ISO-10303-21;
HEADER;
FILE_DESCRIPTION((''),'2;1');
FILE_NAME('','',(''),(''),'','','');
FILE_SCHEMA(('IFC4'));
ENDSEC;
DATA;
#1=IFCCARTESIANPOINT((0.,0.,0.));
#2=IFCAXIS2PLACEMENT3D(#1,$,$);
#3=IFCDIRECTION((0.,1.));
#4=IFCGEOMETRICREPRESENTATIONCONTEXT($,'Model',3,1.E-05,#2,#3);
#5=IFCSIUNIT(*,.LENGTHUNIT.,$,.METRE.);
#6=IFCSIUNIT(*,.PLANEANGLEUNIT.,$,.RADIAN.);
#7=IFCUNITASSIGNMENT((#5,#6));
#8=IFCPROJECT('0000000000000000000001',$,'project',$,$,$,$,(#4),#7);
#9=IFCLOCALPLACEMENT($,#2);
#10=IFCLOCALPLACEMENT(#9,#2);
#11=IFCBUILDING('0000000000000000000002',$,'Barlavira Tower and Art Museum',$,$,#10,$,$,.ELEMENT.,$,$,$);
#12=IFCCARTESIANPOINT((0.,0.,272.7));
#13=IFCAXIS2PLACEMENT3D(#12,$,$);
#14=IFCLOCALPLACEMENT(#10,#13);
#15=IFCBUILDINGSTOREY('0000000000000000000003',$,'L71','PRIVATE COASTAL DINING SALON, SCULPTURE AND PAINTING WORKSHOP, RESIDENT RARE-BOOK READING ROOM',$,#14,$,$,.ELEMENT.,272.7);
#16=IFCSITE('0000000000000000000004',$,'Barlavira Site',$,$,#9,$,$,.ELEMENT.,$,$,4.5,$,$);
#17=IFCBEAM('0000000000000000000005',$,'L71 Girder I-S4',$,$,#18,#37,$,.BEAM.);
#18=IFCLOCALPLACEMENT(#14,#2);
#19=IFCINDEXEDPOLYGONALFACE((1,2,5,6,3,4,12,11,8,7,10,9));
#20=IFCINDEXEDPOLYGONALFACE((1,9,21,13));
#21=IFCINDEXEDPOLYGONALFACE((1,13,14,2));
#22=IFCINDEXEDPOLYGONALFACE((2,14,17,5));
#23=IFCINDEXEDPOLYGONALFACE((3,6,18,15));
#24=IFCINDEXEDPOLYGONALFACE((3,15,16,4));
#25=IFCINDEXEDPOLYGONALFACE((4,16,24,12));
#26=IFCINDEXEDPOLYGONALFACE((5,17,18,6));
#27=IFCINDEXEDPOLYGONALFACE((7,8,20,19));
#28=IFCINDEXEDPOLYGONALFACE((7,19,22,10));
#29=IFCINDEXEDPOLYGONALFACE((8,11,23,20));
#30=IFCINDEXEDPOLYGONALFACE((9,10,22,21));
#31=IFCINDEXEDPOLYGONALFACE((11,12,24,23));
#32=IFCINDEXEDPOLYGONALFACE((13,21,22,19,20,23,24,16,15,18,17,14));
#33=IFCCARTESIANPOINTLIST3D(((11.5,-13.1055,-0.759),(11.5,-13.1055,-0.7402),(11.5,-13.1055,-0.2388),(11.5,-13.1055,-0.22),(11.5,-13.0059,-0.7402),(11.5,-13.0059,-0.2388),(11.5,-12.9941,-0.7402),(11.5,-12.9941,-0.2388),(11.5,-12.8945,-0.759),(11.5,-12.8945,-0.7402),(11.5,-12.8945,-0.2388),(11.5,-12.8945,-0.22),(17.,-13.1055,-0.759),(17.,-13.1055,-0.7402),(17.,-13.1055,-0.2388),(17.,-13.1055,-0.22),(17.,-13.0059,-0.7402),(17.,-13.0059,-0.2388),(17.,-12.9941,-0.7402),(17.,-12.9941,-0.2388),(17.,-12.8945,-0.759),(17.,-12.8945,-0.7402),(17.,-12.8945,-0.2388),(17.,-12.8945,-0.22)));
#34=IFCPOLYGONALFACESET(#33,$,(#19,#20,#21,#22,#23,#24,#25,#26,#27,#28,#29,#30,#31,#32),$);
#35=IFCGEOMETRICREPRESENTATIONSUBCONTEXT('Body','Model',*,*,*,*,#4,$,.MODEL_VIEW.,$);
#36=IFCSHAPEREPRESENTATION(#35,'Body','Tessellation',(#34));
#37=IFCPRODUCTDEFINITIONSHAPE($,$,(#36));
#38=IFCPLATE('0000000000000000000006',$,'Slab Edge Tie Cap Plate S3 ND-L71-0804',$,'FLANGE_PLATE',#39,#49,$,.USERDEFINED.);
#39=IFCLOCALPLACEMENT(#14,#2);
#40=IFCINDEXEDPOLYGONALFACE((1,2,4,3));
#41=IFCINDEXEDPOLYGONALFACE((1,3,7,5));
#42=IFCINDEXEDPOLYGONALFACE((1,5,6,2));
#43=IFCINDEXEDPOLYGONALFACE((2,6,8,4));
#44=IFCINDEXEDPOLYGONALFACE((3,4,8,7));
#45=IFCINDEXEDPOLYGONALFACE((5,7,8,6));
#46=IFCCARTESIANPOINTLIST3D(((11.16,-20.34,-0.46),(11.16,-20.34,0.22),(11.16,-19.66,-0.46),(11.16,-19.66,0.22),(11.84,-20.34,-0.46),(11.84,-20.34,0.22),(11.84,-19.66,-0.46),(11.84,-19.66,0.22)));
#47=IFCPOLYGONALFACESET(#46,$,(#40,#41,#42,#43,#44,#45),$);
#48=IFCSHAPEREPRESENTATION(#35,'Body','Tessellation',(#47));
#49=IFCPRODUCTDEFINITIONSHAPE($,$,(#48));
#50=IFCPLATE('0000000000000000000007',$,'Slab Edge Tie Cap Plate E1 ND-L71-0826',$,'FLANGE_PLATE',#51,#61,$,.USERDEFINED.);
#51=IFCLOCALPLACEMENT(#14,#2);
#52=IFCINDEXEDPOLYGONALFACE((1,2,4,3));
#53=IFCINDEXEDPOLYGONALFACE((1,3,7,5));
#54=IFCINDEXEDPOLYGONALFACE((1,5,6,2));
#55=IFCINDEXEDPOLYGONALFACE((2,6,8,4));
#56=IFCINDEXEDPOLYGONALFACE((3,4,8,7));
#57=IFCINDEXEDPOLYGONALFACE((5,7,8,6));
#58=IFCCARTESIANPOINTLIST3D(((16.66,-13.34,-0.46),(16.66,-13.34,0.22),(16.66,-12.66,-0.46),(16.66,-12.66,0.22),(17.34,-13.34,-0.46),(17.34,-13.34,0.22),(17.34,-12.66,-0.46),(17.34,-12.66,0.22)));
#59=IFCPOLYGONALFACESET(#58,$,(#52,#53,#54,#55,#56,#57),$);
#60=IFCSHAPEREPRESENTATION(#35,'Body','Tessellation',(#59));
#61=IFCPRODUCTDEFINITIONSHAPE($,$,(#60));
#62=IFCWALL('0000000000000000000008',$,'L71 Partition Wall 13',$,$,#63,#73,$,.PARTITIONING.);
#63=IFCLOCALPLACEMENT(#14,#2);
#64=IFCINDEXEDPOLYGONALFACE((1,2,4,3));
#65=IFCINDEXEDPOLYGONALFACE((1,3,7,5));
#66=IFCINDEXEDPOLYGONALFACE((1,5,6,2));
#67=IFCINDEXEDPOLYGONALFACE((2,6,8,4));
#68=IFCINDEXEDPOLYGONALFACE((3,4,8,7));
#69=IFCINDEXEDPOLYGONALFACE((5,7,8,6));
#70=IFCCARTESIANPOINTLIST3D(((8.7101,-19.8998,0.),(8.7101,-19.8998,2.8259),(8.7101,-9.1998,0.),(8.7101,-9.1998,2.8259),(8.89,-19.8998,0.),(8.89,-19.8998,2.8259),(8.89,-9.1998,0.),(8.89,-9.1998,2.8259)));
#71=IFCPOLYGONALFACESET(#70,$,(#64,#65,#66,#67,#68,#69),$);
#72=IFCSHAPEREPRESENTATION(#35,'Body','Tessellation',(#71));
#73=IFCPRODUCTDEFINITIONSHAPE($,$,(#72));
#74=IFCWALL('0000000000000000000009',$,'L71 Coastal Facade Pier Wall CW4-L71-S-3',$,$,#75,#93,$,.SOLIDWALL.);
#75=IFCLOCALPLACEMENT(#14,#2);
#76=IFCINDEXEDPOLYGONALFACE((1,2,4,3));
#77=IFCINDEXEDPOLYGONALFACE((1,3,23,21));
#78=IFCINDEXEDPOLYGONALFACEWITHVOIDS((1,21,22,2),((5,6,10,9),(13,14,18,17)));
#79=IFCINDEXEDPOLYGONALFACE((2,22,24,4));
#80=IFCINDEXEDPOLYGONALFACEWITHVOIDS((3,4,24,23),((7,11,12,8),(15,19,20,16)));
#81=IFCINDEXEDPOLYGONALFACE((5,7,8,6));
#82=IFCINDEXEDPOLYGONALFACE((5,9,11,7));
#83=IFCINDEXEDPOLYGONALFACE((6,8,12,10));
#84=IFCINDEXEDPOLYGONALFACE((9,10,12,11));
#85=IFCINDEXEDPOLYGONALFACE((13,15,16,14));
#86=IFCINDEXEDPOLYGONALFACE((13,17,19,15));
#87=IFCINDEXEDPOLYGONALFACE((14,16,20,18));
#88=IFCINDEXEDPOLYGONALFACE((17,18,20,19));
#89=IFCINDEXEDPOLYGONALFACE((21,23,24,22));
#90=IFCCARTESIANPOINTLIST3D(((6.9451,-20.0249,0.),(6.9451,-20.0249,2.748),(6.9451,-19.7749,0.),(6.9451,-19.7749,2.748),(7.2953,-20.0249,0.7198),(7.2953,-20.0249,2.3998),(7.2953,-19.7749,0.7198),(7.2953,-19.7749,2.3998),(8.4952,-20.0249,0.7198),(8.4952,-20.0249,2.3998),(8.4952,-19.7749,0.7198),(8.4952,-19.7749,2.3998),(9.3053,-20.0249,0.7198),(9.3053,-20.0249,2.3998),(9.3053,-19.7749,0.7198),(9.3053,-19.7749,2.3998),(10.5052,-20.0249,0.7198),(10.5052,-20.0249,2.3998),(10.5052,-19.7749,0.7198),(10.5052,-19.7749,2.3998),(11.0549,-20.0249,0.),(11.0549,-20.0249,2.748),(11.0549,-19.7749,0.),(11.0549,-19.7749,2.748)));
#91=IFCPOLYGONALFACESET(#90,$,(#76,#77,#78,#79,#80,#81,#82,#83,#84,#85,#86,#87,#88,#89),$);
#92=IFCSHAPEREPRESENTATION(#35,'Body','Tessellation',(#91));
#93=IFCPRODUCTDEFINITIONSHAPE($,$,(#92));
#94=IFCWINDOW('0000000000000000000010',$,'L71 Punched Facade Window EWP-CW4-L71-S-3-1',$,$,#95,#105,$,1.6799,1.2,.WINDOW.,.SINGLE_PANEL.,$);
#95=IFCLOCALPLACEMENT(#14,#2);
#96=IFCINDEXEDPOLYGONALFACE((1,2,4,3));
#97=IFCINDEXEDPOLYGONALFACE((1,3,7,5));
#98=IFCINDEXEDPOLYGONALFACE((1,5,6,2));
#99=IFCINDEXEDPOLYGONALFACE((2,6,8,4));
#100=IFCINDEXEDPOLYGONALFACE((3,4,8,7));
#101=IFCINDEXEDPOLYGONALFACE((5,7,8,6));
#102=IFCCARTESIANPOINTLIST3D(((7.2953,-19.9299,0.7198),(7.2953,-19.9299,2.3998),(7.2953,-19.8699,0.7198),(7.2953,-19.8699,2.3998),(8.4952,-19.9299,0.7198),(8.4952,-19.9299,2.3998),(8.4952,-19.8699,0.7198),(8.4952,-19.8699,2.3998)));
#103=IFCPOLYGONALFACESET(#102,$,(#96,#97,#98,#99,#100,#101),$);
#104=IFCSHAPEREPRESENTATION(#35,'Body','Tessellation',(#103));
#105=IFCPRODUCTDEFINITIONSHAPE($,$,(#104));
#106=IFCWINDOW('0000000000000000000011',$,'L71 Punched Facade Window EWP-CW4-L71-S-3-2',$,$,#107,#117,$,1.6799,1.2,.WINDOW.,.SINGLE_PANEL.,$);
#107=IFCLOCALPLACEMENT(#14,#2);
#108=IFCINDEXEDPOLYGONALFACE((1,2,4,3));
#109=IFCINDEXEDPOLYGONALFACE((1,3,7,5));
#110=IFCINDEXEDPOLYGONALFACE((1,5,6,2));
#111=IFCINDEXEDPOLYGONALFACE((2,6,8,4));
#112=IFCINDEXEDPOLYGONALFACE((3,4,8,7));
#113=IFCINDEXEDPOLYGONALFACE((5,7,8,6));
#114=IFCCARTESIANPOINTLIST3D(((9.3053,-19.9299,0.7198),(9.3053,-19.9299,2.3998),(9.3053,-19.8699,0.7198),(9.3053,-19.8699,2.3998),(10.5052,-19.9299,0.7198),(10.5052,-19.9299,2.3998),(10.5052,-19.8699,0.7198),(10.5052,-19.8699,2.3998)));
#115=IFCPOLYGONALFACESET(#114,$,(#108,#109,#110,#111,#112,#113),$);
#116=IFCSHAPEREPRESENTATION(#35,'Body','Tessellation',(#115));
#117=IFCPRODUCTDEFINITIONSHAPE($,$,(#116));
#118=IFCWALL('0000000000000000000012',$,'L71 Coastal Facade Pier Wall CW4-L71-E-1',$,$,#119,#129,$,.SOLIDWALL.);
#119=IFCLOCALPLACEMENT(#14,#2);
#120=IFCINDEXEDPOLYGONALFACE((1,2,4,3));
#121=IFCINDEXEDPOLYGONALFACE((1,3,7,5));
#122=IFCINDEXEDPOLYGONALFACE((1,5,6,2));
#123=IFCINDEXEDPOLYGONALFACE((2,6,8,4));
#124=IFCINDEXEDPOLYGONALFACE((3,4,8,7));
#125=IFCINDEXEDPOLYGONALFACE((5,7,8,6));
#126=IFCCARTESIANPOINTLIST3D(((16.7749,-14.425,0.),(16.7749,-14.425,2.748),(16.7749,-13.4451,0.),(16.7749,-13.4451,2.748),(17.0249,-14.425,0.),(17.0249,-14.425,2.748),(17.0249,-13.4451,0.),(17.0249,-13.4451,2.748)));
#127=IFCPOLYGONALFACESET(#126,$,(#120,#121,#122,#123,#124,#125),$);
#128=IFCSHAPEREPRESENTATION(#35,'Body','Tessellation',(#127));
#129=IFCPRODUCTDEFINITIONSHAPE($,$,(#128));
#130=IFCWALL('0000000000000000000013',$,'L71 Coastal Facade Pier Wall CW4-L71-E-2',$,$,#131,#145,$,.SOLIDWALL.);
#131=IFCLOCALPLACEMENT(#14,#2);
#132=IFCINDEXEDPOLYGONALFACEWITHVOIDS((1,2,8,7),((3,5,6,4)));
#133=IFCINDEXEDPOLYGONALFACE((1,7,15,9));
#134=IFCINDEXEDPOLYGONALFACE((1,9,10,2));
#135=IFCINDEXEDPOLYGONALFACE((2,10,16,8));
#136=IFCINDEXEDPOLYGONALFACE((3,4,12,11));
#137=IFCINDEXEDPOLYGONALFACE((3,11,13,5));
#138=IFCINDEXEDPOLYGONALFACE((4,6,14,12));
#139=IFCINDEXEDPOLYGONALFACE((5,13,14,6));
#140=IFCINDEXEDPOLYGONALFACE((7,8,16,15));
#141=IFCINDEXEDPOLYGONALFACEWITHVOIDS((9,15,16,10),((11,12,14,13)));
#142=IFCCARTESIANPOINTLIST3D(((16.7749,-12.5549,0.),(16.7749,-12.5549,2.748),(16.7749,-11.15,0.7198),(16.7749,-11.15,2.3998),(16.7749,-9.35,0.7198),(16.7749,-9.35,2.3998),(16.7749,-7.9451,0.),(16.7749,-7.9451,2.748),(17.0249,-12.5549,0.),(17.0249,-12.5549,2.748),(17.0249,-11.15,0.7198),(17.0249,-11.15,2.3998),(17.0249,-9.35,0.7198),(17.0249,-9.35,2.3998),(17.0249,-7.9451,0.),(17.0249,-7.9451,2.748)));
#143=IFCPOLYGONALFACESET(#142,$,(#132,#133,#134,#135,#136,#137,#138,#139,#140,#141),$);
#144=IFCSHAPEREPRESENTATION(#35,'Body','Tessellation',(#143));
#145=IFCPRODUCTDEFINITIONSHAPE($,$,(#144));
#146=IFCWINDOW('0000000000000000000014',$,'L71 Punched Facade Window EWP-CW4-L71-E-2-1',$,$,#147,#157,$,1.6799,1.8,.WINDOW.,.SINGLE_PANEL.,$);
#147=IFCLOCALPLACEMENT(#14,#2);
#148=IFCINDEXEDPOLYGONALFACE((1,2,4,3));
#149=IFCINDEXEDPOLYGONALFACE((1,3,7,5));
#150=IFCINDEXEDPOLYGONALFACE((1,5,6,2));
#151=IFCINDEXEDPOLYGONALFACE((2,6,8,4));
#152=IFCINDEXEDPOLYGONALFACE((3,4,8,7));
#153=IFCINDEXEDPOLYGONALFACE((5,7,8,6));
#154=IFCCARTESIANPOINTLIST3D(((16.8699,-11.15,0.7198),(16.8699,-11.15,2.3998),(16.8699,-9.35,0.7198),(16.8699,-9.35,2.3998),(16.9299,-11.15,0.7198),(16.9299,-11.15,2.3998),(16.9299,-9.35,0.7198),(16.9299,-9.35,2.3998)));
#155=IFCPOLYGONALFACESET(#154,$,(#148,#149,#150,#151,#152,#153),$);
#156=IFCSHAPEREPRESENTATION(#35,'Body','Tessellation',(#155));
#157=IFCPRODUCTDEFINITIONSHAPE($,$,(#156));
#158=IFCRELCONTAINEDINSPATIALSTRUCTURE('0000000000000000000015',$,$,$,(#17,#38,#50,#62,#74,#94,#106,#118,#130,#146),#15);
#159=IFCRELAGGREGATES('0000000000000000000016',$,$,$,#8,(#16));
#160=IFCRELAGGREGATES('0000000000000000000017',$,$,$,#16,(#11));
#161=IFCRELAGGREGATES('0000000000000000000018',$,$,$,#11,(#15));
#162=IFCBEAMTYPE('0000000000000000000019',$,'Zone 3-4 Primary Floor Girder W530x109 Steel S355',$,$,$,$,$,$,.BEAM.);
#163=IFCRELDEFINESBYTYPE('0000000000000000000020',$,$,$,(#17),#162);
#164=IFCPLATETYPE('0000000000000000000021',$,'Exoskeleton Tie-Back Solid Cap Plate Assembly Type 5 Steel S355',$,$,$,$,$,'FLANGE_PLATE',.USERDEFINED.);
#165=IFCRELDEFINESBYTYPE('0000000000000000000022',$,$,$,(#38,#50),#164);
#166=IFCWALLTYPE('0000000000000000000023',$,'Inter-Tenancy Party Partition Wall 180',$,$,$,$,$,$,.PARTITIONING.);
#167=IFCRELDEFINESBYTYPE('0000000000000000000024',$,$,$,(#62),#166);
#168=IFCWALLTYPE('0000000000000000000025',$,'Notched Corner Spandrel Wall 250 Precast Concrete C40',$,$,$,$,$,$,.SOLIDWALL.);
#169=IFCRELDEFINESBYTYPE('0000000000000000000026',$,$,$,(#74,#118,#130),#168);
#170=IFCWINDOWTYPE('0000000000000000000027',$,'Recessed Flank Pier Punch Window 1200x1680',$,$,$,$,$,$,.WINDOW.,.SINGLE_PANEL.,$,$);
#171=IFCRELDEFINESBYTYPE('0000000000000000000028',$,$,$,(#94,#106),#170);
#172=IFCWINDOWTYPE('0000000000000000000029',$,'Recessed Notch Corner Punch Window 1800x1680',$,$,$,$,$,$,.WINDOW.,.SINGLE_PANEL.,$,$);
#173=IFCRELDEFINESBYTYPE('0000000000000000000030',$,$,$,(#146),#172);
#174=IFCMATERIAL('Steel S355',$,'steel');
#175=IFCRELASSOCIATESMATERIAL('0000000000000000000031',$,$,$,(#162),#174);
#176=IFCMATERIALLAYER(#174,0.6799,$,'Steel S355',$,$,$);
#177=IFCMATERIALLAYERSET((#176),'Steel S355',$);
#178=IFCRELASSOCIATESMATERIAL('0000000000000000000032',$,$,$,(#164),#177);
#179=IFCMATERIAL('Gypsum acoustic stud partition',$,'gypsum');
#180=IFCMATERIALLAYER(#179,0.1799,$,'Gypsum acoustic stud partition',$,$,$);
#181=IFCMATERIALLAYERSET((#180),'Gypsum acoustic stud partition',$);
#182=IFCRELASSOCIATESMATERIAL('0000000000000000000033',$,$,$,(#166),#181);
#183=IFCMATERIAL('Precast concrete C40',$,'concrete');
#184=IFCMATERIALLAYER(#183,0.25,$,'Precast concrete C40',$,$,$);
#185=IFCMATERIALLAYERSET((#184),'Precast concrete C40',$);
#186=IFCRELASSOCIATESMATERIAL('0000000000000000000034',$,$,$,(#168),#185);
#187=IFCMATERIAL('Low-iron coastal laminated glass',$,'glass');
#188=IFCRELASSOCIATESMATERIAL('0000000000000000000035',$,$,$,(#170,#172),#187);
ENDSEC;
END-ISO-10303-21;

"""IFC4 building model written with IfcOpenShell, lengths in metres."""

from ifc_helpers import new_model, si_unit, direction, frame, frame_2d, origin, origin_2d, place, context, subcontext, project, spatial, rectangle, i_section, extrude, material, layer, layer_set, material_profile, profile_set, type_object, element, fill, save


model = new_model("IFC4")

# Units and contexts
model_context = context("Model", 3, precision=1e-05, world=origin(), true_north=direction((0.0, 1.0)))
body_context = subcontext(model_context, "Body", "Model", "MODEL_VIEW")
ifc_project = project(units=[si_unit("LENGTHUNIT", "METRE"), si_unit("PLANEANGLEUNIT", "RADIAN")], contexts=[model_context])

# Site, building, storey
site_placement = place(None, origin())
site = spatial("IfcSite", under=ifc_project, at=site_placement, Name="Barlavira Site", CompositionType="ELEMENT", RefElevation=4.5)
building_placement = place(site_placement, origin())
building = spatial("IfcBuilding", under=site, at=building_placement, Name="Barlavira Tower and Art Museum", CompositionType="ELEMENT")
storey_placement = place(building_placement, frame((0.0, 0.0, 272.7)))
storey = spatial("IfcBuildingStorey", under=building, at=storey_placement, Name="L71", Description="PRIVATE COASTAL DINING SALON, SCULPTURE AND PAINTING WORKSHOP, RESIDENT RARE-BOOK READING ROOM", CompositionType="ELEMENT", Elevation=272.7)

# Shared definitions
ifc_material_1 = material(Name="Steel S355", Category="steel")

# Beam
ifc_material_profile_1 = material_profile(ifc_material_1, i_section(OverallWidth=0.2109, OverallDepth=0.5391, WebThickness=0.0117, FlangeThickness=0.0188, at=origin_2d()), Name="W530x109.0")
ifc_profile_set_1 = profile_set([ifc_material_profile_1], Name="Steel S355")
beam_type_1 = type_object("IfcBeamType", Name="Zone 3-4 Primary Floor Girder W530x109 Steel S355", PredefinedType="BEAM", material=ifc_profile_set_1)
beam_1_placement = place(storey_placement, frame((11.5, -13.0, -0.4895), z_axis=(1.0, 0.0, 0.0), x_axis=(0.0, 1.0, 0.0)))
element("IfcBeam", 1, at=beam_1_placement, inside=storey, type_object=beam_type_1, Name="L71 Girder I-S4", PredefinedType="BEAM", context=body_context, shape_type="SweptSolid", body=[
    extrude(i_section(OverallWidth=0.2109, OverallDepth=0.5391, WebThickness=0.0117, FlangeThickness=0.0188, at=origin_2d()), origin(), (0.0, 0.0, 1.0), 5.5),
])

# Plates
ifc_layer_1 = layer(ifc_material_1, 0.6799, Name="Steel S355")
ifc_layer_set_1 = layer_set([ifc_layer_1], Name="Steel S355")
plate_type = type_object("IfcPlateType", Name="Exoskeleton Tie-Back Solid Cap Plate Assembly Type 5 Steel S355", ElementType="FLANGE_PLATE", PredefinedType="USERDEFINED", material=ifc_layer_set_1)
for number, where, z_axis, x_axis, name in (
    (2, (11.5, -20.0, -0.46), (0.0, 0.0, 1.0), (1.0, 0.0, 0.0), "Slab Edge Tie Cap Plate S3 ND-L71-0804"),
    (3, (17.0, -13.0, -0.46), (0.0, 0.0, 1.0), (1.0, 0.0, 0.0), "Slab Edge Tie Cap Plate E1 ND-L71-0826"),
):
    element("IfcPlate", number, at=place(storey_placement, frame(where, z_axis=z_axis, x_axis=x_axis)), inside=storey, type_object=plate_type, Name=name, ObjectType="FLANGE_PLATE", PredefinedType="USERDEFINED", context=body_context, shape_type="SweptSolid", body=[
        extrude(rectangle(XDim=0.6799, YDim=0.6799, at=origin_2d()), origin(), (0.0, 0.0, 1.0), 0.6799),
    ])

# Wall
ifc_material_2 = material(Name="Gypsum acoustic stud partition", Category="gypsum")
ifc_layer_2 = layer(ifc_material_2, 0.1799, Name="Gypsum acoustic stud partition")
ifc_layer_set_2 = layer_set([ifc_layer_2], Name="Gypsum acoustic stud partition")
wall_type_1 = type_object("IfcWallType", Name="Inter-Tenancy Party Partition Wall 180", PredefinedType="PARTITIONING", material=ifc_layer_set_2)
wall_1_placement = place(storey_placement, frame((8.8, -19.8999, 0.0), z_axis=(0.0, 0.0, 1.0), x_axis=(0.0, 1.0, 0.0)))
element("IfcWall", 4, at=wall_1_placement, inside=storey, type_object=wall_type_1, Name="L71 Partition Wall 13", PredefinedType="PARTITIONING", context=body_context, shape_type="SweptSolid", body=[
    extrude(rectangle(XDim=10.7, YDim=0.1799, at=frame_2d((5.3501, 0.0))), origin(), (0.0, 0.0, 1.0), 2.8259),
])

# Wall, openings, windows
ifc_material_3 = material(Name="Precast concrete C40", Category="concrete")
ifc_layer_3 = layer(ifc_material_3, 0.25, Name="Precast concrete C40")
ifc_layer_set_3 = layer_set([ifc_layer_3], Name="Precast concrete C40")
wall_type_2 = type_object("IfcWallType", Name="Notched Corner Spandrel Wall 250 Precast Concrete C40", PredefinedType="SOLIDWALL", material=ifc_layer_set_3)
wall_2_placement = place(storey_placement, frame((6.9451, -19.8999, 0.0), z_axis=(0.0, 0.0, 1.0), x_axis=(1.0, 0.0, 0.0)))
wall_2 = element("IfcWall", 5, at=wall_2_placement, inside=storey, type_object=wall_type_2, Name="L71 Coastal Facade Pier Wall CW4-L71-S-3", PredefinedType="SOLIDWALL", context=body_context, shape_type="SweptSolid", body=[
    extrude(rectangle(XDim=4.1099, YDim=0.25, at=frame_2d((2.0549, 0.0))), origin(), (0.0, 0.0, 1.0), 2.748),
])
opening_1_placement = place(wall_2_placement, frame((0.3501, 0.0, 0.72)))
opening_1 = element("IfcOpeningElement", 6, at=opening_1_placement, cuts=wall_2, PredefinedType="OPENING", context=body_context, shape_type="SweptSolid", body=[
    extrude(rectangle(XDim=1.2, YDim=1.6799, at=frame_2d((0.6001, 0.8398))), frame((0.0, 0.135, 0.0), z_axis=(0.0, -1.0, 0.0), x_axis=(1.0, 0.0, 0.0)), (0.0, 0.0, 1.0), 0.27),
])
opening_2_placement = place(wall_2_placement, frame((2.3601, 0.0, 0.72)))
opening_2 = element("IfcOpeningElement", 7, at=opening_2_placement, cuts=wall_2, PredefinedType="OPENING", context=body_context, shape_type="SweptSolid", body=[
    extrude(rectangle(XDim=1.2, YDim=1.6799, at=frame_2d((0.6001, 0.8398))), frame((0.0, 0.135, 0.0), z_axis=(0.0, -1.0, 0.0), x_axis=(1.0, 0.0, 0.0)), (0.0, 0.0, 1.0), 0.27),
])
ifc_material_4 = material(Name="Low-iron coastal laminated glass", Category="glass")
window_type_1 = type_object("IfcWindowType", Name="Recessed Flank Pier Punch Window 1200x1680", PartitioningType="SINGLE_PANEL", PredefinedType="WINDOW", material=ifc_material_4)
window_1_placement = place(opening_1_placement, origin())
window_1 = element("IfcWindow", 8, at=window_1_placement, inside=storey, type_object=window_type_1, Name="L71 Punched Facade Window EWP-CW4-L71-S-3-1", OverallHeight=1.6799, OverallWidth=1.2, PartitioningType="SINGLE_PANEL", PredefinedType="WINDOW", context=body_context, shape_type="SweptSolid", body=[
    extrude(rectangle(XDim=1.2, YDim=1.6799, at=frame_2d((0.6001, 0.8398))), frame((0.0, 0.03, 0.0), z_axis=(0.0, -1.0, 0.0), x_axis=(1.0, 0.0, 0.0)), (0.0, 0.0, 1.0), 0.0601),
])
fill(opening_1, window_1)
window_2_placement = place(opening_2_placement, origin())
window_2 = element("IfcWindow", 9, at=window_2_placement, inside=storey, type_object=window_type_1, Name="L71 Punched Facade Window EWP-CW4-L71-S-3-2", OverallHeight=1.6799, OverallWidth=1.2, PartitioningType="SINGLE_PANEL", PredefinedType="WINDOW", context=body_context, shape_type="SweptSolid", body=[
    extrude(rectangle(XDim=1.2, YDim=1.6799, at=frame_2d((0.6001, 0.8398))), frame((0.0, 0.03, 0.0), z_axis=(0.0, -1.0, 0.0), x_axis=(1.0, 0.0, 0.0)), (0.0, 0.0, 1.0), 0.0601),
])
fill(opening_2, window_2)

# Wall
wall_3_placement = place(storey_placement, frame((16.8999, -14.425, 0.0), z_axis=(0.0, 0.0, 1.0), x_axis=(0.0, 1.0, 0.0)))
element("IfcWall", 10, at=wall_3_placement, inside=storey, type_object=wall_type_2, Name="L71 Coastal Facade Pier Wall CW4-L71-E-1", PredefinedType="SOLIDWALL", context=body_context, shape_type="SweptSolid", body=[
    extrude(rectangle(XDim=0.98, YDim=0.25, at=frame_2d((0.49, 0.0))), origin(), (0.0, 0.0, 1.0), 2.748),
])

# Wall, opening, window
wall_4_placement = place(storey_placement, frame((16.8999, -12.5549, 0.0), z_axis=(0.0, 0.0, 1.0), x_axis=(0.0, 1.0, 0.0)))
wall_4 = element("IfcWall", 11, at=wall_4_placement, inside=storey, type_object=wall_type_2, Name="L71 Coastal Facade Pier Wall CW4-L71-E-2", PredefinedType="SOLIDWALL", context=body_context, shape_type="SweptSolid", body=[
    extrude(rectangle(XDim=4.6099, YDim=0.25, at=frame_2d((2.3049, 0.0))), origin(), (0.0, 0.0, 1.0), 2.748),
])
opening_3_placement = place(wall_4_placement, frame((1.405, 0.0, 0.72)))
opening_3 = element("IfcOpeningElement", 12, at=opening_3_placement, cuts=wall_4, PredefinedType="OPENING", context=body_context, shape_type="SweptSolid", body=[
    extrude(rectangle(XDim=1.8, YDim=1.6799, at=frame_2d((0.8999, 0.8398))), frame((0.0, 0.135, 0.0), z_axis=(0.0, -1.0, 0.0), x_axis=(1.0, 0.0, 0.0)), (0.0, 0.0, 1.0), 0.27),
])
window_type_2 = type_object("IfcWindowType", Name="Recessed Notch Corner Punch Window 1800x1680", PartitioningType="SINGLE_PANEL", PredefinedType="WINDOW", material=ifc_material_4)
window_3_placement = place(opening_3_placement, origin())
window_3 = element("IfcWindow", 13, at=window_3_placement, inside=storey, type_object=window_type_2, Name="L71 Punched Facade Window EWP-CW4-L71-E-2-1", OverallHeight=1.6799, OverallWidth=1.8, PartitioningType="SINGLE_PANEL", PredefinedType="WINDOW", context=body_context, shape_type="SweptSolid", body=[
    extrude(rectangle(XDim=1.8, YDim=1.6799, at=frame_2d((0.8999, 0.8398))), frame((0.0, 0.03, 0.0), z_axis=(0.0, -1.0, 0.0), x_axis=(1.0, 0.0, 0.0)), (0.0, 0.0, 1.0), 0.0601),
])
fill(opening_3, window_3)

save(model, "model.ifc")
